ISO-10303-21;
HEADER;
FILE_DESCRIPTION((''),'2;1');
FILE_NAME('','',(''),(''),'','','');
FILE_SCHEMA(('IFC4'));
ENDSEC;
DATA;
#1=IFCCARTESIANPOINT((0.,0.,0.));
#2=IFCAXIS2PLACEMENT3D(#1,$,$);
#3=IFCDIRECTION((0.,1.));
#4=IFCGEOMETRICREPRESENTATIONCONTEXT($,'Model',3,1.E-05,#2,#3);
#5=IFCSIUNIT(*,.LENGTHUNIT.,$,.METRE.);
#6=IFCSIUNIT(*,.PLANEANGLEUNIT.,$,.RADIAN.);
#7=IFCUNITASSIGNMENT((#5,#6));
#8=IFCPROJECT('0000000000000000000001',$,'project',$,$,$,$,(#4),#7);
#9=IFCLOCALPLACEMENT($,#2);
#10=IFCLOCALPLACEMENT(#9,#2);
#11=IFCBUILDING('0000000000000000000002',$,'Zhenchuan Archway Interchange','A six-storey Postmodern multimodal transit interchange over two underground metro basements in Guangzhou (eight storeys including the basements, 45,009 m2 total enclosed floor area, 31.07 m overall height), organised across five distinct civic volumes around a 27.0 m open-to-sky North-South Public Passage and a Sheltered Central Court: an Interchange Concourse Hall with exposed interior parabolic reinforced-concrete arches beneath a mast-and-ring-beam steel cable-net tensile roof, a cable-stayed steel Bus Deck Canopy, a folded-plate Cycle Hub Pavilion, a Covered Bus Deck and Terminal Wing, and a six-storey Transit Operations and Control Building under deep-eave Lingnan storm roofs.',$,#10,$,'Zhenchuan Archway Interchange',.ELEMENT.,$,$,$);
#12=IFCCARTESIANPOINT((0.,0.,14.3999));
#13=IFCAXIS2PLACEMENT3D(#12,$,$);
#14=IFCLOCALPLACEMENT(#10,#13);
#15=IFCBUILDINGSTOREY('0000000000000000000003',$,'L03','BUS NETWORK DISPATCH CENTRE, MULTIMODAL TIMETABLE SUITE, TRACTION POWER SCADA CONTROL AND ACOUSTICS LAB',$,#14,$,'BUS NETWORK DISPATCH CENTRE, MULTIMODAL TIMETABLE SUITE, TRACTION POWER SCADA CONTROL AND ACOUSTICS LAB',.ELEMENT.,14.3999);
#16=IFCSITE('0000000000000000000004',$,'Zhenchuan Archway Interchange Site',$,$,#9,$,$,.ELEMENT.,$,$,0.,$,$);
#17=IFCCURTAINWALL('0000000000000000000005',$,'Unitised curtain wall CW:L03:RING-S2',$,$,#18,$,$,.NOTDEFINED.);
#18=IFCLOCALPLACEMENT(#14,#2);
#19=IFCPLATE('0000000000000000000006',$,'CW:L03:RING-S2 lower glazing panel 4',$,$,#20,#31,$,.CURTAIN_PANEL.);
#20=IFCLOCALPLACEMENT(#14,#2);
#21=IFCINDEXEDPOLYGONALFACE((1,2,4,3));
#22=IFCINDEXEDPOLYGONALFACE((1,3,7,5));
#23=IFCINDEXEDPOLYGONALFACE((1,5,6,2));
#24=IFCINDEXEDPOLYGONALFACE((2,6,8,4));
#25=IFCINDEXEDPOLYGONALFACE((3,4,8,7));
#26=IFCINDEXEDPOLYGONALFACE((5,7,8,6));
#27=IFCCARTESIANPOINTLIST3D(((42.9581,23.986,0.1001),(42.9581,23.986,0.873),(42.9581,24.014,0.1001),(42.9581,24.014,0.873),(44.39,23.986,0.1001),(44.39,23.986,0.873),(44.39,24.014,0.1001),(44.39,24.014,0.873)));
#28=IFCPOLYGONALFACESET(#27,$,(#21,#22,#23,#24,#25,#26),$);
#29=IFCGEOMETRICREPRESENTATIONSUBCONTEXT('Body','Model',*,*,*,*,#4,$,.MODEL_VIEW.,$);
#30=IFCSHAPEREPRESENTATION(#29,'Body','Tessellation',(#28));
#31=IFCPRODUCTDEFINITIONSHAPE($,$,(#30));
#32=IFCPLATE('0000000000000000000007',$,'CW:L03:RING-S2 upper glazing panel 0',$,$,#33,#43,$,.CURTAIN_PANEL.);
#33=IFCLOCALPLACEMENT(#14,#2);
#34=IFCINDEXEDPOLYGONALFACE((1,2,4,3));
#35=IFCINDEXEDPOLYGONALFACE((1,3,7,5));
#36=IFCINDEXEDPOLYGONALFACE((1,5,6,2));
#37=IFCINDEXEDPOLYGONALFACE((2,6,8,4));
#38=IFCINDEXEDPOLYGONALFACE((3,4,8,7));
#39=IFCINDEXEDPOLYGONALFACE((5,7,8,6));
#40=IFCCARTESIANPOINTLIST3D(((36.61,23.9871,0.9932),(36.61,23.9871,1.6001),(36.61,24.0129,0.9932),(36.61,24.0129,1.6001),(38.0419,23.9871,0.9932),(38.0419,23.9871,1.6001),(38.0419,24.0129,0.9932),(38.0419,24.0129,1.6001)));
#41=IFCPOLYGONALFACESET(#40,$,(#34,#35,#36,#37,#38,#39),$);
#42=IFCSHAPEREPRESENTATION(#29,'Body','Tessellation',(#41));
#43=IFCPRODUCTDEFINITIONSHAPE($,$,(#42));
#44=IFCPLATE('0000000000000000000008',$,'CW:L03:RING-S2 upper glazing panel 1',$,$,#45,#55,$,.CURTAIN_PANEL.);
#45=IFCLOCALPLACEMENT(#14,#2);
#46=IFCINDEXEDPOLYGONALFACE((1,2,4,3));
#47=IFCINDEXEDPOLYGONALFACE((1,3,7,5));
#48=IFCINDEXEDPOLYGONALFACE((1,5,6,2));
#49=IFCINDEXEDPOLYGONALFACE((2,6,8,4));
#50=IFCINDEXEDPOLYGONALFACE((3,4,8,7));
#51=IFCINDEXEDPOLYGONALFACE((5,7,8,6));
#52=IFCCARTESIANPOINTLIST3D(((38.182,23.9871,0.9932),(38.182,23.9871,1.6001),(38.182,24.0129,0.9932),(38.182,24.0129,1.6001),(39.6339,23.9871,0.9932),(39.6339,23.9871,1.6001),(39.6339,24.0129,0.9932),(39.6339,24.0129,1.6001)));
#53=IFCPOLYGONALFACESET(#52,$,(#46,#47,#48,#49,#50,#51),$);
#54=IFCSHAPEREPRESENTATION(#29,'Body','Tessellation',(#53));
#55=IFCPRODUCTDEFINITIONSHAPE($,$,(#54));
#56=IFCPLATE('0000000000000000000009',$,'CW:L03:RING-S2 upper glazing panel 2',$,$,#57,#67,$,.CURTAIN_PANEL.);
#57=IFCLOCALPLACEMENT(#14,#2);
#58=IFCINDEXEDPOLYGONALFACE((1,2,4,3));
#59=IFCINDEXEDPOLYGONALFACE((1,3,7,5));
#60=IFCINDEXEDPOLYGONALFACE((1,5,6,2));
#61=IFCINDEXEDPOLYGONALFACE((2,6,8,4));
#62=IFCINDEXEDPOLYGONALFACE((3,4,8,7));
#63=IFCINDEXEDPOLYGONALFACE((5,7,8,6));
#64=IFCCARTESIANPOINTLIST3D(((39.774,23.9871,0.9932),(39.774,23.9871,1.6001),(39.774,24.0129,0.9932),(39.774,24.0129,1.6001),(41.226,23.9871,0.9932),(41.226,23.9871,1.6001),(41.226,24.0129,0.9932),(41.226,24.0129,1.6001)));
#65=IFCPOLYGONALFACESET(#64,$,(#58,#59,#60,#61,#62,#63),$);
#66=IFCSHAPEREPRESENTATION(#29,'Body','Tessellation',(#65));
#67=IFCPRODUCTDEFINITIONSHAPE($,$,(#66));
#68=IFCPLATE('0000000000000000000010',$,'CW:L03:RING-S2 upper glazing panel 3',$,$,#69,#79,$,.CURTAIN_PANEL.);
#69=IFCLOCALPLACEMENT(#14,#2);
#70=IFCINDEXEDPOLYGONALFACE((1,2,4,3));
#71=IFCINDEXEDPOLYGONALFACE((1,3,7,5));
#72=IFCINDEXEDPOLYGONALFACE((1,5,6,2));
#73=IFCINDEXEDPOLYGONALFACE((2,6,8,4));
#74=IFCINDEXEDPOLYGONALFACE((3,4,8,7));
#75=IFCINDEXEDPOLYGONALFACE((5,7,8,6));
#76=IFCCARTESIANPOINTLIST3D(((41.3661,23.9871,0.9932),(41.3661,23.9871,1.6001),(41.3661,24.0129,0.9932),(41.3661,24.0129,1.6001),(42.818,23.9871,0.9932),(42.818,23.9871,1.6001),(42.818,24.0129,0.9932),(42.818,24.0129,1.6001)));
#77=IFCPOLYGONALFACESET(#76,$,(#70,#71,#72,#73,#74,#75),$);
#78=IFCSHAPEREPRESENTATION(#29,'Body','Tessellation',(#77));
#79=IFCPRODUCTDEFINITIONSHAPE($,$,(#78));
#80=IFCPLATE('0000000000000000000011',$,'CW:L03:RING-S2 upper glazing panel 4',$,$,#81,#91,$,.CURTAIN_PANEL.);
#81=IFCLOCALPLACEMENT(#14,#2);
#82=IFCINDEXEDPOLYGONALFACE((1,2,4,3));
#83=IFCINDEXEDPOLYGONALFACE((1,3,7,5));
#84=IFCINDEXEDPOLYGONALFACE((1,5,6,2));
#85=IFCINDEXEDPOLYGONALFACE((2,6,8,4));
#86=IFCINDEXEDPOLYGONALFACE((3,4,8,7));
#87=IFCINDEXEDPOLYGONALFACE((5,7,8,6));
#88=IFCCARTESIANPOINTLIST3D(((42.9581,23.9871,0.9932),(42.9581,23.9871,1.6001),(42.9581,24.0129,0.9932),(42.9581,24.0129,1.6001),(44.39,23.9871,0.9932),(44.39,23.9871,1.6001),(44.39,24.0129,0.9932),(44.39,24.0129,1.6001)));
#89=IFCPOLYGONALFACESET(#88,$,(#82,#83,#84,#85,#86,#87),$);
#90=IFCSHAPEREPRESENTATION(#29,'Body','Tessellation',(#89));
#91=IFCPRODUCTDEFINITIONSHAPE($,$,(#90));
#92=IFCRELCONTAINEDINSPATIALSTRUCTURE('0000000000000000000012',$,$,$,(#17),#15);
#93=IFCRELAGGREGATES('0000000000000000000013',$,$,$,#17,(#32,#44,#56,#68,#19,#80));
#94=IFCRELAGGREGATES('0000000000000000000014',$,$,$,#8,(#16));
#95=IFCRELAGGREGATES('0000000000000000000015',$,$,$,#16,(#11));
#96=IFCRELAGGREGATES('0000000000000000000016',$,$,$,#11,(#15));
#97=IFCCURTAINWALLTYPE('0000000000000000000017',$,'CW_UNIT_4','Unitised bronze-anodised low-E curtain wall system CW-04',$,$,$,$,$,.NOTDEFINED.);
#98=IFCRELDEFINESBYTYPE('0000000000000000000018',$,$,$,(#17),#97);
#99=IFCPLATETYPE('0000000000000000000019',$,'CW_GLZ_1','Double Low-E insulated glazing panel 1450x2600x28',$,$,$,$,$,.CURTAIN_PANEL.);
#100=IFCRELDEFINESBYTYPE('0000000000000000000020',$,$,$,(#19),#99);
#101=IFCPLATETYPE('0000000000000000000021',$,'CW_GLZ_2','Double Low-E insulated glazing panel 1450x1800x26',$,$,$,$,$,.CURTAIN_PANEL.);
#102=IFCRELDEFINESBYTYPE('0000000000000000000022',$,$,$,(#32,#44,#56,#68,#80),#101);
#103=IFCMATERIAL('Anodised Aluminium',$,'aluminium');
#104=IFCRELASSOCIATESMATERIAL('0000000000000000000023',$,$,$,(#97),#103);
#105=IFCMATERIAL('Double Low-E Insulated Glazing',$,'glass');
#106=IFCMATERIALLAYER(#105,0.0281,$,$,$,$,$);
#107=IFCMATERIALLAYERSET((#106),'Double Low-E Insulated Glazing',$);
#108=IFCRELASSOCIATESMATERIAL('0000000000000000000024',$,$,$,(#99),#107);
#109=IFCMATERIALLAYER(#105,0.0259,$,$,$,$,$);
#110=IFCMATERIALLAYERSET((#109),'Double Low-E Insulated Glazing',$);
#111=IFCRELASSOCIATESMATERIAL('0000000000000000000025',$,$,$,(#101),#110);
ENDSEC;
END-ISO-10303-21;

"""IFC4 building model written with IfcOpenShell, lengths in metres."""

from ifc_helpers import new_model, si_unit, direction, frame, origin, origin_2d, place, context, subcontext, project, spatial, rectangle, extrude, material, layer, layer_set, type_object, element, aggregate, save


model = new_model("IFC4")

# Units and contexts
model_context = context("Model", 3, precision=1e-05, world=origin(), true_north=direction((0.0, 1.0)))
body_context = subcontext(model_context, "Body", "Model", "MODEL_VIEW")
ifc_project = project(units=[si_unit("LENGTHUNIT", "METRE"), si_unit("PLANEANGLEUNIT", "RADIAN")], contexts=[model_context])

# Site, building, storey
site_placement = place(None, origin())
site = spatial("IfcSite", under=ifc_project, at=site_placement, Name="Zhenchuan Archway Interchange Site", CompositionType="ELEMENT", RefElevation=0.0)
building_placement = place(site_placement, origin())
building = spatial("IfcBuilding", under=site, at=building_placement, Name="Zhenchuan Archway Interchange", Description="A six-storey Postmodern multimodal transit interchange over two underground metro basements in Guangzhou (eight storeys including the basements, 45,009 m2 total enclosed floor area, 31.07 m overall height), organised across five distinct civic volumes around a 27.0 m open-to-sky North-South Public Passage and a Sheltered Central Court: an Interchange Concourse Hall with exposed interior parabolic reinforced-concrete arches beneath a mast-and-ring-beam steel cable-net tensile roof, a cable-stayed steel Bus Deck Canopy, a folded-plate Cycle Hub Pavilion, a Covered Bus Deck and Terminal Wing, and a six-storey Transit Operations and Control Building under deep-eave Lingnan storm roofs.", LongName="Zhenchuan Archway Interchange", CompositionType="ELEMENT")
storey_placement = place(building_placement, frame((0.0, 0.0, 14.3999)))
storey = spatial("IfcBuildingStorey", under=building, at=storey_placement, Name="L03", Description="BUS NETWORK DISPATCH CENTRE, MULTIMODAL TIMETABLE SUITE, TRACTION POWER SCADA CONTROL AND ACOUSTICS LAB", LongName="BUS NETWORK DISPATCH CENTRE, MULTIMODAL TIMETABLE SUITE, TRACTION POWER SCADA CONTROL AND ACOUSTICS LAB", CompositionType="ELEMENT", Elevation=14.3999)

# Curtain wall
ifc_material_1 = material(Name="Anodised Aluminium", Category="aluminium")
curtain_wall_type = type_object("IfcCurtainWallType", Name="CW_UNIT_4", Description="Unitised bronze-anodised low-E curtain wall system CW-04", PredefinedType="NOTDEFINED", material=ifc_material_1)
curtain_wall_1_placement = place(storey_placement, origin())
curtain_wall_1 = element("IfcCurtainWall", 1, at=curtain_wall_1_placement, inside=storey, type_object=curtain_wall_type, Name="Unitised curtain wall CW:L03:RING-S2", PredefinedType="NOTDEFINED")

# Plates
ifc_material_2 = material(Name="Double Low-E Insulated Glazing", Category="glass")
ifc_layer_1 = layer(ifc_material_2, 0.0281)
ifc_layer_set_1 = layer_set([ifc_layer_1], Name="Double Low-E Insulated Glazing")
plate_type_1 = type_object("IfcPlateType", Name="CW_GLZ_1", Description="Double Low-E insulated glazing panel 1450x2600x28", PredefinedType="CURTAIN_PANEL", material=ifc_layer_set_1)
plate_1_placement = place(storey_placement, frame((43.6741, 24.0, 0.1001), z_axis=(0.0, 0.0, 1.0), x_axis=(1.0, 0.0, 0.0)))
plate_1 = element("IfcPlate", 2, at=plate_1_placement, type_object=plate_type_1, Name="CW:L03:RING-S2 lower glazing panel 4", PredefinedType="CURTAIN_PANEL", context=body_context, shape_type="SweptSolid", body=[
    extrude(rectangle(XDim=1.4319, YDim=0.0281, at=origin_2d()), origin(), (0.0, 0.0, 1.0), 0.7729),
])
ifc_layer_2 = layer(ifc_material_2, 0.0259)
ifc_layer_set_2 = layer_set([ifc_layer_2], Name="Double Low-E Insulated Glazing")
plate_type_2 = type_object("IfcPlateType", Name="CW_GLZ_2", Description="Double Low-E insulated glazing panel 1450x1800x26", PredefinedType="CURTAIN_PANEL", material=ifc_layer_set_2)
plate_2_placement = place(storey_placement, frame((37.3259, 24.0, 0.9932), z_axis=(0.0, 0.0, 1.0), x_axis=(1.0, 0.0, 0.0)))
plate_2 = element("IfcPlate", 3, at=plate_2_placement, type_object=plate_type_2, Name="CW:L03:RING-S2 upper glazing panel 0", PredefinedType="CURTAIN_PANEL", context=body_context, shape_type="SweptSolid", body=[
    extrude(rectangle(XDim=1.4319, YDim=0.0259, at=origin_2d()), origin(), (0.0, 0.0, 1.0), 0.6069),
])
plate_3_placement = place(storey_placement, frame((38.908, 24.0, 0.9932), z_axis=(0.0, 0.0, 1.0), x_axis=(1.0, 0.0, 0.0)))
plate_3 = element("IfcPlate", 4, at=plate_3_placement, type_object=plate_type_2, Name="CW:L03:RING-S2 upper glazing panel 1", PredefinedType="CURTAIN_PANEL", context=body_context, shape_type="SweptSolid", body=[
    extrude(rectangle(XDim=1.4519, YDim=0.0259, at=origin_2d()), origin(), (0.0, 0.0, 1.0), 0.6069),
])
plate_4_placement = place(storey_placement, frame((40.5, 24.0, 0.9932), z_axis=(0.0, 0.0, 1.0), x_axis=(1.0, 0.0, 0.0)))
plate_4 = element("IfcPlate", 5, at=plate_4_placement, type_object=plate_type_2, Name="CW:L03:RING-S2 upper glazing panel 2", PredefinedType="CURTAIN_PANEL", context=body_context, shape_type="SweptSolid", body=[
    extrude(rectangle(XDim=1.4519, YDim=0.0259, at=origin_2d()), origin(), (0.0, 0.0, 1.0), 0.6069),
])
plate_5_placement = place(storey_placement, frame((42.092, 24.0, 0.9932), z_axis=(0.0, 0.0, 1.0), x_axis=(1.0, 0.0, 0.0)))
plate_5 = element("IfcPlate", 6, at=plate_5_placement, type_object=plate_type_2, Name="CW:L03:RING-S2 upper glazing panel 3", PredefinedType="CURTAIN_PANEL", context=body_context, shape_type="SweptSolid", body=[
    extrude(rectangle(XDim=1.4519, YDim=0.0259, at=origin_2d()), origin(), (0.0, 0.0, 1.0), 0.6069),
])
plate_6_placement = place(storey_placement, frame((43.6741, 24.0, 0.9932), z_axis=(0.0, 0.0, 1.0), x_axis=(1.0, 0.0, 0.0)))
plate_6 = element("IfcPlate", 7, at=plate_6_placement, type_object=plate_type_2, Name="CW:L03:RING-S2 upper glazing panel 4", PredefinedType="CURTAIN_PANEL", context=body_context, shape_type="SweptSolid", body=[
    extrude(rectangle(XDim=1.4319, YDim=0.0259, at=origin_2d()), origin(), (0.0, 0.0, 1.0), 0.6069),
])
aggregate(curtain_wall_1, [plate_2, plate_3, plate_4, plate_5, plate_1, plate_6])

save(model, "model.ifc")
